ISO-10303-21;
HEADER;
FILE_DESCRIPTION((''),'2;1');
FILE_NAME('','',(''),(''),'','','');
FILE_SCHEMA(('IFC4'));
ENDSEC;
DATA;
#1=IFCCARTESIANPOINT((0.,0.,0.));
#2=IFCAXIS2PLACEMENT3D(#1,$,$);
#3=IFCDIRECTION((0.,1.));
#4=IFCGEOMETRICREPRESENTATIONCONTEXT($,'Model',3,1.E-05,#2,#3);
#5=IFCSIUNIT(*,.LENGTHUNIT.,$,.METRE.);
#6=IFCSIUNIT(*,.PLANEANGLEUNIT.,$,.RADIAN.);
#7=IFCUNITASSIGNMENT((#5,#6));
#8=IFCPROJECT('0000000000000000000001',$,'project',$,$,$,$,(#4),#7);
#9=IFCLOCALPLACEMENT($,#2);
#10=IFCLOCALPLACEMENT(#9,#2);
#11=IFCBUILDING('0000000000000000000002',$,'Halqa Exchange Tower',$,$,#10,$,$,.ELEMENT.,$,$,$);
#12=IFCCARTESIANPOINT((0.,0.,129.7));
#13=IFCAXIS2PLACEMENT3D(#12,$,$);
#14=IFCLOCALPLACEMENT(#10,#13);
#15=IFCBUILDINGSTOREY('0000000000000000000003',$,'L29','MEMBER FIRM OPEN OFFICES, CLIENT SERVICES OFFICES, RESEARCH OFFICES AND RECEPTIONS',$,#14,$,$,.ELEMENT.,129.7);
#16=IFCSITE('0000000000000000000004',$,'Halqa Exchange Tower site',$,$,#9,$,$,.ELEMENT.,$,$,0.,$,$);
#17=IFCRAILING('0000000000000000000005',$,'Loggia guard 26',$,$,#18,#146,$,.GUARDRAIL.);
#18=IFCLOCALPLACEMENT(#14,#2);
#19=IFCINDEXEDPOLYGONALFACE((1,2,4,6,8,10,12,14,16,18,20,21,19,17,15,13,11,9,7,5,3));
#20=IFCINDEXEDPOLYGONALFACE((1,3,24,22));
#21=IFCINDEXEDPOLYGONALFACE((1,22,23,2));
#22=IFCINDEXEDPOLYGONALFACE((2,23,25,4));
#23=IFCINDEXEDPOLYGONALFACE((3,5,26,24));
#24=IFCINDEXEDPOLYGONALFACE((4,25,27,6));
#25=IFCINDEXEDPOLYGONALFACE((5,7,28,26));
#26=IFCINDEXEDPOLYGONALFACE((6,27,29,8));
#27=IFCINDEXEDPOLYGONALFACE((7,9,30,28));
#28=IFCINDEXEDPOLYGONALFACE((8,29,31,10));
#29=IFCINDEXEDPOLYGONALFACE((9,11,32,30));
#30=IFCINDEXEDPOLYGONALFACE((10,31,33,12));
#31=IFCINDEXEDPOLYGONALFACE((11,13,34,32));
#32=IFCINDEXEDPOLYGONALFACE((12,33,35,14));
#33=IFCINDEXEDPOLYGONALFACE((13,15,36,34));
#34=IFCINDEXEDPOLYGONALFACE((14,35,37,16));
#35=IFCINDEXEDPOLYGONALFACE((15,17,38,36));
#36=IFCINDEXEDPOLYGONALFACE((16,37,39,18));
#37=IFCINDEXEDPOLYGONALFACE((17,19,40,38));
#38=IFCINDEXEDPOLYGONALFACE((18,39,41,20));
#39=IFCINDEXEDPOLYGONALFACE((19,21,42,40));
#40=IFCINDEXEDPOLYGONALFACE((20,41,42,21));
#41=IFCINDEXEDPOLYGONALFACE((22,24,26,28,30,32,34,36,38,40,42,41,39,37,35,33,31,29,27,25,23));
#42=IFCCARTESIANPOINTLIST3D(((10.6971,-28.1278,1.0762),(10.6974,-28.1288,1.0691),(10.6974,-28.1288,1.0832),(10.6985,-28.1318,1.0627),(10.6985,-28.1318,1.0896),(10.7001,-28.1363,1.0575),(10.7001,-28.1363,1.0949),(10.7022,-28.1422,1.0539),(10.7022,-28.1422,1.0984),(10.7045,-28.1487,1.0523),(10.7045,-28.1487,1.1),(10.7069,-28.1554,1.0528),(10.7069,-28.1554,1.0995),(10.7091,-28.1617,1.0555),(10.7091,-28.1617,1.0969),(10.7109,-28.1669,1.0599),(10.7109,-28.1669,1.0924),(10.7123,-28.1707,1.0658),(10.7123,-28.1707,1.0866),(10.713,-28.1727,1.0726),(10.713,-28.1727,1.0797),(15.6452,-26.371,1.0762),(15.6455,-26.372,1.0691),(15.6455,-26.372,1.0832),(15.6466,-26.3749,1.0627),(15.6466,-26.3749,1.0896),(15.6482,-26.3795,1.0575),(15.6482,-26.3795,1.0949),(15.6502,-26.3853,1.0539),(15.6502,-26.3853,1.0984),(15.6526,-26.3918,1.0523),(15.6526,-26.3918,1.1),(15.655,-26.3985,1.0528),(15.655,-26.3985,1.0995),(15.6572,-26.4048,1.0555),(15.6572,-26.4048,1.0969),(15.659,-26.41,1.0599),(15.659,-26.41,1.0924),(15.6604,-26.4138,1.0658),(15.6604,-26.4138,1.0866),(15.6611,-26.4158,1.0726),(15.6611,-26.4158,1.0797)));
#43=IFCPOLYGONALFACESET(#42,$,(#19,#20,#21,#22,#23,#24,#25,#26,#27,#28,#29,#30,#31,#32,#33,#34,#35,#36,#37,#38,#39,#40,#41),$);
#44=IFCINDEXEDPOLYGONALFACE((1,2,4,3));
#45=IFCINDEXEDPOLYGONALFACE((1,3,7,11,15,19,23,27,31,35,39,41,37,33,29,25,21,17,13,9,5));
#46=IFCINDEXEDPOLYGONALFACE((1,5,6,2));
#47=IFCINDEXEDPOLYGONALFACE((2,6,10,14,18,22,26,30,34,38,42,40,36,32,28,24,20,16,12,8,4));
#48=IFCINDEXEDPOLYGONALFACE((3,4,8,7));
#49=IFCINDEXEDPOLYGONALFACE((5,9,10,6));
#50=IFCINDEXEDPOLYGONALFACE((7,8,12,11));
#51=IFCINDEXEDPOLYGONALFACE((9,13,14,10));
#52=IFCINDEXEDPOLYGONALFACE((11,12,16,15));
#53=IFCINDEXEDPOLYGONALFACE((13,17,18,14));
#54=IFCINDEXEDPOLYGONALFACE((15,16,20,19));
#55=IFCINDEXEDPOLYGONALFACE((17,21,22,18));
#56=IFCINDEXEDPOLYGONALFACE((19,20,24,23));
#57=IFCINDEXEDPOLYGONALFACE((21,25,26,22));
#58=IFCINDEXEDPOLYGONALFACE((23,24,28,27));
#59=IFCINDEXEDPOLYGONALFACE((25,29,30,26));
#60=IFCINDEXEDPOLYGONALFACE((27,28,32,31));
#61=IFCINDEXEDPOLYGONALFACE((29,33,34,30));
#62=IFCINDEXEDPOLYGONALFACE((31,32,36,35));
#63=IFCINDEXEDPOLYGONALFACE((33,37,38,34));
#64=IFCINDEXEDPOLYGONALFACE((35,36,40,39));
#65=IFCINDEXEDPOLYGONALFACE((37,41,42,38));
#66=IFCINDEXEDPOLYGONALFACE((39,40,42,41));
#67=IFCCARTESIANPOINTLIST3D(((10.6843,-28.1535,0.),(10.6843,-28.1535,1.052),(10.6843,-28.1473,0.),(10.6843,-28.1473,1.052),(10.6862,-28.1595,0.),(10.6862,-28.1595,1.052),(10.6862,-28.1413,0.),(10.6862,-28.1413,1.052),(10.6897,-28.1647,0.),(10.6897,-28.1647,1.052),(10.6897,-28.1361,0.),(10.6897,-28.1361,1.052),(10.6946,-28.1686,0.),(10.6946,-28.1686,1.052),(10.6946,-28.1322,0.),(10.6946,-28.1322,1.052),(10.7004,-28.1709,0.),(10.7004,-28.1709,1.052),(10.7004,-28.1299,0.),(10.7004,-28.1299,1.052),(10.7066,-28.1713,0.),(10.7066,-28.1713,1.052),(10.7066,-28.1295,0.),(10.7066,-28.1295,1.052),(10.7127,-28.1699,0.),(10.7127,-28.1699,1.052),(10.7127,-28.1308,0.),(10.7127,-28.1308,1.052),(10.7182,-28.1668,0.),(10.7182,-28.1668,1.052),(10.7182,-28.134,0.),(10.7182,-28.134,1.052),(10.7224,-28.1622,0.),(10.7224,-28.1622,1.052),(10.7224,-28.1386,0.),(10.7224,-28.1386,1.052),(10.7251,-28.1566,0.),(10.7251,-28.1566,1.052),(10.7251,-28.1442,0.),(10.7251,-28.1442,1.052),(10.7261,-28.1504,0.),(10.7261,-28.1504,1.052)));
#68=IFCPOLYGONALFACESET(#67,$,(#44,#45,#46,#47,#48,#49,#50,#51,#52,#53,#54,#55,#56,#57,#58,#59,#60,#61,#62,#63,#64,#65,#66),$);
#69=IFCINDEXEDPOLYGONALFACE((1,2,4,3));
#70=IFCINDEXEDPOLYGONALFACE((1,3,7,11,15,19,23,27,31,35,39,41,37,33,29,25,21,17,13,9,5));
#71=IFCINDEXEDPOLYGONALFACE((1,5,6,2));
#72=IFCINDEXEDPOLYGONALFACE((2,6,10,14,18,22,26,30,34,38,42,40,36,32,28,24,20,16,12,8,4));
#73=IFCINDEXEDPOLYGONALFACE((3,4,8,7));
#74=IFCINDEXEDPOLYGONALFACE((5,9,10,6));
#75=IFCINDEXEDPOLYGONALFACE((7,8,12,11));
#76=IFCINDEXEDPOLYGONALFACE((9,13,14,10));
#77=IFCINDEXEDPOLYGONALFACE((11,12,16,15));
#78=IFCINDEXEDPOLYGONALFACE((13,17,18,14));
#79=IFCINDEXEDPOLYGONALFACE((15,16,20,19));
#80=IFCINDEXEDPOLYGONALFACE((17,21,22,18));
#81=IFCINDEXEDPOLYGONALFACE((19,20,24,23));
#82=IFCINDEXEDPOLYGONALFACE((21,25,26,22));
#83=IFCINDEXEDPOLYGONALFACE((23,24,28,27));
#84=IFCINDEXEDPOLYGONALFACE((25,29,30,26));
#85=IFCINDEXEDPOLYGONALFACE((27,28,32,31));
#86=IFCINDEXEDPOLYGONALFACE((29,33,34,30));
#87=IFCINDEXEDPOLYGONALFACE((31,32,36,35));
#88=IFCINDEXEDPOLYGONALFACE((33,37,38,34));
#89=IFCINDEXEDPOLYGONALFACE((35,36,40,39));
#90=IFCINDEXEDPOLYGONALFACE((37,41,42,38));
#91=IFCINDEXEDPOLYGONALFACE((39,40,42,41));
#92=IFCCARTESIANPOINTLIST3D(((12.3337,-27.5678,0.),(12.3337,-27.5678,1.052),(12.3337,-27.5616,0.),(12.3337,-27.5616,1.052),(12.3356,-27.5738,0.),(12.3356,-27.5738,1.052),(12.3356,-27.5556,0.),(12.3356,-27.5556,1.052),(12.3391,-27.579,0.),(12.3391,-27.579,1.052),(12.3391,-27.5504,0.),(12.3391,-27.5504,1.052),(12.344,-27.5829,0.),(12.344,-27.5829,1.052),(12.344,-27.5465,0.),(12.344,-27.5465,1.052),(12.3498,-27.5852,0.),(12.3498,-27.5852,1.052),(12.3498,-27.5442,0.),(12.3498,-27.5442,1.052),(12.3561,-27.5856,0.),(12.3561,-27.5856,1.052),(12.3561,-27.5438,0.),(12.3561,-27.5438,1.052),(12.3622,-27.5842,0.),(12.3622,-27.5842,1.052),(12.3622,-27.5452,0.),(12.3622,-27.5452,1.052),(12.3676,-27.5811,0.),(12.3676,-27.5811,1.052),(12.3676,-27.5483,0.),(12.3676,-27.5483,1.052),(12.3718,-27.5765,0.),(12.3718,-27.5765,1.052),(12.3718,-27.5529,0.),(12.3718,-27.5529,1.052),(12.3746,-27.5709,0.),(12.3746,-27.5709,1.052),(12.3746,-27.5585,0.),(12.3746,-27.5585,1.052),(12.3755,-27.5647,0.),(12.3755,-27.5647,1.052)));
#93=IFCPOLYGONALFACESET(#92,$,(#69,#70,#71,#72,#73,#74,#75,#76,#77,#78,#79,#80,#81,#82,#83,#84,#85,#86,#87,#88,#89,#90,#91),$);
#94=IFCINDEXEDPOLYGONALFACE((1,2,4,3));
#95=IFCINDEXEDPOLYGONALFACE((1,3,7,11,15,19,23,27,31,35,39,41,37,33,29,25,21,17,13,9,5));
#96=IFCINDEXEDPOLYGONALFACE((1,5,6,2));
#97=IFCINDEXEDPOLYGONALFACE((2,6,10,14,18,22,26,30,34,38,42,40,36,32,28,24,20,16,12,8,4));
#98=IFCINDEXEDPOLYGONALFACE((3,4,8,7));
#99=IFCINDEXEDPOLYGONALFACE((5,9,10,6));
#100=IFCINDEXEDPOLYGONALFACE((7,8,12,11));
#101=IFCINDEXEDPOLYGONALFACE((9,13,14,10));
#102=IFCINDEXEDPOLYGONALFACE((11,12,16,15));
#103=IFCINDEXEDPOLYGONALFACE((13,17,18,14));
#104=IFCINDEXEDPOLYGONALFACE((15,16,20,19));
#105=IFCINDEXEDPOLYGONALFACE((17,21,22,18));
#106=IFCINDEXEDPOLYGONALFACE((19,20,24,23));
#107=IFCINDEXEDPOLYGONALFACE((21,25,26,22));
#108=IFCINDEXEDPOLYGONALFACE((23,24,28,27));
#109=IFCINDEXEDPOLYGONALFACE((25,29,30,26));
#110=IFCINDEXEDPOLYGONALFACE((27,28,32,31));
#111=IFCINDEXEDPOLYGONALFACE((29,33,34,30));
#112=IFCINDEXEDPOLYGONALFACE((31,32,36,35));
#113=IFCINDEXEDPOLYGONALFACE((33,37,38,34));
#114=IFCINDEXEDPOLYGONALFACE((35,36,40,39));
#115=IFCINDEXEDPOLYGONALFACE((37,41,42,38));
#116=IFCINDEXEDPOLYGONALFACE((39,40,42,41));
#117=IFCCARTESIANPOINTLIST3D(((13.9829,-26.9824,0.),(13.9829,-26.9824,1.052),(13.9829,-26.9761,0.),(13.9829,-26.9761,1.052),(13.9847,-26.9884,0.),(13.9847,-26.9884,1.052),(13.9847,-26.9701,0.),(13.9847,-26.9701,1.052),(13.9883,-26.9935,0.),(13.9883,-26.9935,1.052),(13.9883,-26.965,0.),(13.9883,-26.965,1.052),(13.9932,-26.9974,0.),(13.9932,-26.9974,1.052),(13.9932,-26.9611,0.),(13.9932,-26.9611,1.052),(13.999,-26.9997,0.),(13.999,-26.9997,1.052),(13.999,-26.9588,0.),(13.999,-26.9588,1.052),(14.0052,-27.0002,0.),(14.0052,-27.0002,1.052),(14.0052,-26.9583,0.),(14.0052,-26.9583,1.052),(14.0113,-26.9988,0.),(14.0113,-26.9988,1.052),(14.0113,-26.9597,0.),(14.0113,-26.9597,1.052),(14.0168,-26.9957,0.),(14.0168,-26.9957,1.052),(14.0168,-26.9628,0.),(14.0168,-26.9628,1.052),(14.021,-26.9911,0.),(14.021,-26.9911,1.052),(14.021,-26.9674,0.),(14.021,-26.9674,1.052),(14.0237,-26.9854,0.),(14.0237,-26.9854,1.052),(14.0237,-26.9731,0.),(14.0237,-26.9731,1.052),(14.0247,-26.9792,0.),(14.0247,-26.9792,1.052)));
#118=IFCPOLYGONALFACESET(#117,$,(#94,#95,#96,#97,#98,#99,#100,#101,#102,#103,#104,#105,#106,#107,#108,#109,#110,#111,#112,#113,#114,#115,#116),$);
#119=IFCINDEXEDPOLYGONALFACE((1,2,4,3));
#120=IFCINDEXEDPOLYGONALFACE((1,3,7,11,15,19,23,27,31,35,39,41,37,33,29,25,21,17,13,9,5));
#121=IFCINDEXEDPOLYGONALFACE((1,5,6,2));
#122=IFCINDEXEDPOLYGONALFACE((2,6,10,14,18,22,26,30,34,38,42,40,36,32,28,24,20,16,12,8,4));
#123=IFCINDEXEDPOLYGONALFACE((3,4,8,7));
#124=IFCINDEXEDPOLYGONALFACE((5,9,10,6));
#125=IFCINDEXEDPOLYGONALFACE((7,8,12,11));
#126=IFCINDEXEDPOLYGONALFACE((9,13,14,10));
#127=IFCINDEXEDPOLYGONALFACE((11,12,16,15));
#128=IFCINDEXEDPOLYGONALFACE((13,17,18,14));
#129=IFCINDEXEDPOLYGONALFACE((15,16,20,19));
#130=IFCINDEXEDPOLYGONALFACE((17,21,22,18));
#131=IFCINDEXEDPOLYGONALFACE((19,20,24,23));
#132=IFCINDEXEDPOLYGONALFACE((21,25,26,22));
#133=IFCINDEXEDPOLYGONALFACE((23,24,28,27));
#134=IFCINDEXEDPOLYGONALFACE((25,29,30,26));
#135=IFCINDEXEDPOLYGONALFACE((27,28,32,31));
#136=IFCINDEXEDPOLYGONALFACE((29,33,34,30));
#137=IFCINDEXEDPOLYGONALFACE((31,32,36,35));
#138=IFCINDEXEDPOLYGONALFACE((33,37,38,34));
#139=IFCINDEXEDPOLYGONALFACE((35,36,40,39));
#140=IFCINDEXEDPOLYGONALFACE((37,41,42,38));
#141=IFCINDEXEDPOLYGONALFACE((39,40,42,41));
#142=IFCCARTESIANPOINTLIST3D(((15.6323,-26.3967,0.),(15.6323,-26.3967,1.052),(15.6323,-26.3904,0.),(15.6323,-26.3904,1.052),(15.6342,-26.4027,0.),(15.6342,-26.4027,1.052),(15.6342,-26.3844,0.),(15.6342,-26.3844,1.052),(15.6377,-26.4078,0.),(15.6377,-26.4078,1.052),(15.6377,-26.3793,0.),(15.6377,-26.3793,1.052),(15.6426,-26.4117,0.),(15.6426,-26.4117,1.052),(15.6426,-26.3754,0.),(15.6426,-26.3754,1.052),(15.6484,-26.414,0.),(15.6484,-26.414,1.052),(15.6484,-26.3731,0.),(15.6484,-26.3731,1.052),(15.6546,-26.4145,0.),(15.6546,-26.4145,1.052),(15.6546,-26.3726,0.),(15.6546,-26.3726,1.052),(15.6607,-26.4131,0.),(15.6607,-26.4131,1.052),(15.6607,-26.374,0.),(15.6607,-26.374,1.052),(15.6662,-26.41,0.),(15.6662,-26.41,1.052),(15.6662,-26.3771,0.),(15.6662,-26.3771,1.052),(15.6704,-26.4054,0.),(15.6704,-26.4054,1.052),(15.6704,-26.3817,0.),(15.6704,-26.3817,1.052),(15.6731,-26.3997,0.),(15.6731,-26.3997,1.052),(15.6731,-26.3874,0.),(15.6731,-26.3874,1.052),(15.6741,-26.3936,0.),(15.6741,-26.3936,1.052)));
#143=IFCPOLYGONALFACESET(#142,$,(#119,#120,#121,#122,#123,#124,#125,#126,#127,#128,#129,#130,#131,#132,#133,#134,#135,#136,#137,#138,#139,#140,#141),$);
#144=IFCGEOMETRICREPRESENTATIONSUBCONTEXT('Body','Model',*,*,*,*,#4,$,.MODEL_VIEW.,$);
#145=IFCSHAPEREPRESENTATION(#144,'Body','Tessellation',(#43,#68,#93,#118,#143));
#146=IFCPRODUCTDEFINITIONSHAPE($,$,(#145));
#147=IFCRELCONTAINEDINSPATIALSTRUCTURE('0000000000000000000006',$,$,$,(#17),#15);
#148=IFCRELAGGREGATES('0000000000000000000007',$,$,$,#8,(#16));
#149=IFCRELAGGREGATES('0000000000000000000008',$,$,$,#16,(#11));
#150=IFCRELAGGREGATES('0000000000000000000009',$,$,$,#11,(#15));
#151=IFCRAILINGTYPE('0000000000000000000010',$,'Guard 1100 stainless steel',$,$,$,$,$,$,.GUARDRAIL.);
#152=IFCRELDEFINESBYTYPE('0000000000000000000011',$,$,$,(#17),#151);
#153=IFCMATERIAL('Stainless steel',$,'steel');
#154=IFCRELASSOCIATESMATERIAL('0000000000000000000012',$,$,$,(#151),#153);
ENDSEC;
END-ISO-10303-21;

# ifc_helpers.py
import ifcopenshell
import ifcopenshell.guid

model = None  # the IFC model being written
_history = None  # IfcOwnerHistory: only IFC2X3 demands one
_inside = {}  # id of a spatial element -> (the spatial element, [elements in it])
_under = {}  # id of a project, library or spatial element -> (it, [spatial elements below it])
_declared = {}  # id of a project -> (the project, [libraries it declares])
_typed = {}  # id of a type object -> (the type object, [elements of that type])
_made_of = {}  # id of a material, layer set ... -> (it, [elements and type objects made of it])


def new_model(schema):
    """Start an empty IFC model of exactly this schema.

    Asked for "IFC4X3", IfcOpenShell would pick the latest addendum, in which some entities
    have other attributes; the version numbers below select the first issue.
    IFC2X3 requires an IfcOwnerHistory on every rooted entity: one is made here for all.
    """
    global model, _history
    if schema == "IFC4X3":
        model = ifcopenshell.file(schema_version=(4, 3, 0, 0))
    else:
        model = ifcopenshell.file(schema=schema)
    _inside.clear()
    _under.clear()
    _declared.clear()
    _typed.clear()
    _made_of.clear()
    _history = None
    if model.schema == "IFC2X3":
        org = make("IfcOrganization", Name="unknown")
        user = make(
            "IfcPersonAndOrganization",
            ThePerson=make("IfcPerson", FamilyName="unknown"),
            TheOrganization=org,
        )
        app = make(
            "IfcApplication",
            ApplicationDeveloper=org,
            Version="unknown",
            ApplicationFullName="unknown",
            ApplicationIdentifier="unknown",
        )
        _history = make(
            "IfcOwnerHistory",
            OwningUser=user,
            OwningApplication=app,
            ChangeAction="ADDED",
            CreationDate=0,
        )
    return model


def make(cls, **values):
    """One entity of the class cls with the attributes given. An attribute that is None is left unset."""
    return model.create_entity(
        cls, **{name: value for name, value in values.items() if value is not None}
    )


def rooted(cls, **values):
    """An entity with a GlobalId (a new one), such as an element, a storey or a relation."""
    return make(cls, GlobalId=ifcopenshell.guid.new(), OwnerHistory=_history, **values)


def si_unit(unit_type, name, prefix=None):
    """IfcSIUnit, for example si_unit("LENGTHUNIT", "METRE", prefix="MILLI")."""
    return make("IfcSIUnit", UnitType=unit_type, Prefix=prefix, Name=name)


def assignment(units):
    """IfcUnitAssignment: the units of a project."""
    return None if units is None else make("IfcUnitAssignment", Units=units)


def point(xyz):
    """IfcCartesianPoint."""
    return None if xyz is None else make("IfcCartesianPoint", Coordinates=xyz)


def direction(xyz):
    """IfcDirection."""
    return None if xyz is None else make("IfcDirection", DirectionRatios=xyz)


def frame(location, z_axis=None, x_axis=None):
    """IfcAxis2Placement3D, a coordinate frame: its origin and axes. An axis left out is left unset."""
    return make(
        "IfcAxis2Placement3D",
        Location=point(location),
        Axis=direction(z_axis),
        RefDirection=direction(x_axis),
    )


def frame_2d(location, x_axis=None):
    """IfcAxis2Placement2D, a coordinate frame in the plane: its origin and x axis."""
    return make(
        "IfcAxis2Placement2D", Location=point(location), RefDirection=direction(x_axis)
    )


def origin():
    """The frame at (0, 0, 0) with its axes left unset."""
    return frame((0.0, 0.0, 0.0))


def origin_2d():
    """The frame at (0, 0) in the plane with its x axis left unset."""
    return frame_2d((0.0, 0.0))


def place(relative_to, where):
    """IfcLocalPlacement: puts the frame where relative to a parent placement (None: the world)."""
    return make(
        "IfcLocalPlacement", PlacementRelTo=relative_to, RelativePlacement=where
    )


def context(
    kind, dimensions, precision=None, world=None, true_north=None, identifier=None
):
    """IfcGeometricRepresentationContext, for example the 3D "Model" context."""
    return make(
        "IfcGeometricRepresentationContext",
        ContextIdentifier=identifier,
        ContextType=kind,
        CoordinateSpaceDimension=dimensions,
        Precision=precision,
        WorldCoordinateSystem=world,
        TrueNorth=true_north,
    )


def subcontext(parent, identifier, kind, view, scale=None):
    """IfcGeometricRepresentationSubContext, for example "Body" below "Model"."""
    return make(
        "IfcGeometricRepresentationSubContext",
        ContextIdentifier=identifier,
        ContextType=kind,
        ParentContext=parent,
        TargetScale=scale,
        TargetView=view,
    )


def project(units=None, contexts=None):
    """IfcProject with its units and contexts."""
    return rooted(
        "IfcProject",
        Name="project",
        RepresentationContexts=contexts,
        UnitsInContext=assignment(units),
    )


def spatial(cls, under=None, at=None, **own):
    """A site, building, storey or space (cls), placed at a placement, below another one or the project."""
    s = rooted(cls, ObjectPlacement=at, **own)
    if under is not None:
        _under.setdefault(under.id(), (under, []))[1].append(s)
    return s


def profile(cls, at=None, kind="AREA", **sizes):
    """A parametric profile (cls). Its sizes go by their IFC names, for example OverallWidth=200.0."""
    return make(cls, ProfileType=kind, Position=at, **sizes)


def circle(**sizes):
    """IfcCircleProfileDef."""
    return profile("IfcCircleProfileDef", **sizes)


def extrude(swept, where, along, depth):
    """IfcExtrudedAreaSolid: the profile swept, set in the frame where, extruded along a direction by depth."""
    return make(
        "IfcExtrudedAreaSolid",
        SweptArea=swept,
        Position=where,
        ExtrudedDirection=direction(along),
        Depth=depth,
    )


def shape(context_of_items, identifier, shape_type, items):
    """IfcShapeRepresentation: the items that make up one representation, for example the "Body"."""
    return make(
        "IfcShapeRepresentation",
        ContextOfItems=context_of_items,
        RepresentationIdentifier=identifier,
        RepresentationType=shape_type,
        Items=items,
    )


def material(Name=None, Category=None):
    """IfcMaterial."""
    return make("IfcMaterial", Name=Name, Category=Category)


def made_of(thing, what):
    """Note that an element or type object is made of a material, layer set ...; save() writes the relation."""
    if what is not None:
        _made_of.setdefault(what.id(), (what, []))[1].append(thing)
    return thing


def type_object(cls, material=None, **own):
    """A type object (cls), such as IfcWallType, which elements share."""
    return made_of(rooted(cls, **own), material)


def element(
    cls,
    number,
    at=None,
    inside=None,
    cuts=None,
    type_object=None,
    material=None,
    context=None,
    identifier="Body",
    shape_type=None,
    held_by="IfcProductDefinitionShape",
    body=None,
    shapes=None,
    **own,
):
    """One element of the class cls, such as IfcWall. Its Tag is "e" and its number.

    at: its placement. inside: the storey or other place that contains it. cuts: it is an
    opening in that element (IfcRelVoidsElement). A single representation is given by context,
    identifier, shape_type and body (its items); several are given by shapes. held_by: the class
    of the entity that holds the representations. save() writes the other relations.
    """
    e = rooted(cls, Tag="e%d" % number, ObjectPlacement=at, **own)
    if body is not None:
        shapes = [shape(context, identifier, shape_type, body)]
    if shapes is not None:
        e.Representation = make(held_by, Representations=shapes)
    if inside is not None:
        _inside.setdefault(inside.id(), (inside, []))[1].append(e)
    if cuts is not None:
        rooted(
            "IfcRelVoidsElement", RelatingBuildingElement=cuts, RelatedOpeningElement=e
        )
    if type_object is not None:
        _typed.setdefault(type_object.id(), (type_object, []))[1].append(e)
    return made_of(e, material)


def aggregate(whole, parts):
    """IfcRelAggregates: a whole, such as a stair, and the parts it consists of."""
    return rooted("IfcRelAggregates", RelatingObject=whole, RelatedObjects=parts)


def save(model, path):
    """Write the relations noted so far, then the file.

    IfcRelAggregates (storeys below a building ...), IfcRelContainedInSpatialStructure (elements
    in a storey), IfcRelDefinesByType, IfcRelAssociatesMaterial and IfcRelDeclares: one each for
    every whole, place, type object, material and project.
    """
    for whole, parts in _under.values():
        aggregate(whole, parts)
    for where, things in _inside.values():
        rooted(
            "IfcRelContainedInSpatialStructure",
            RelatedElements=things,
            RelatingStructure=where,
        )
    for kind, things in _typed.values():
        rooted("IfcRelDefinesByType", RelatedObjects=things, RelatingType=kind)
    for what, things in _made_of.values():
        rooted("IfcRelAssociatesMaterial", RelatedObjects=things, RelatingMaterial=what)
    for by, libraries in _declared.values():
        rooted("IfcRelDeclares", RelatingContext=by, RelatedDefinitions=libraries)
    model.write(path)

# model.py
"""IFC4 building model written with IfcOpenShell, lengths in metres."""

from ifc_helpers import new_model, si_unit, direction, frame, origin, origin_2d, place, context, subcontext, project, spatial, circle, extrude, material, type_object, element, save


model = new_model("IFC4")

# Units and contexts
model_context = context("Model", 3, precision=1e-05, world=origin(), true_north=direction((0.0, 1.0)))
body_context = subcontext(model_context, "Body", "Model", "MODEL_VIEW")
ifc_project = project(units=[si_unit("LENGTHUNIT", "METRE"), si_unit("PLANEANGLEUNIT", "RADIAN")], contexts=[model_context])

# Site, building, storey
site_placement = place(None, origin())
site = spatial("IfcSite", under=ifc_project, at=site_placement, Name="Halqa Exchange Tower site", CompositionType="ELEMENT", RefElevation=0.0)
building_placement = place(site_placement, origin())
building = spatial("IfcBuilding", under=site, at=building_placement, Name="Halqa Exchange Tower", CompositionType="ELEMENT")
storey_placement = place(building_placement, frame((0.0, 0.0, 129.7)))
storey = spatial("IfcBuildingStorey", under=building, at=storey_placement, Name="L29", Description="MEMBER FIRM OPEN OFFICES, CLIENT SERVICES OFFICES, RESEARCH OFFICES AND RECEPTIONS", CompositionType="ELEMENT", Elevation=129.7)

# Railing
ifc_material_1 = material(Name="Stainless steel", Category="steel")
railing_type = type_object("IfcRailingType", Name="Guard 1100 stainless steel", PredefinedType="GUARDRAIL", material=ifc_material_1)
railing_1_placement = place(storey_placement, frame((10.7051, -28.1504, 0.0)))
element("IfcRailing", 1, at=railing_1_placement, inside=storey, type_object=railing_type, Name="Loggia guard 26", PredefinedType="GUARDRAIL", context=body_context, shape_type="SweptSolid", body=[
    extrude(circle(Radius=0.0239, at=origin_2d()), frame((0.0, 0.0, 1.0762), z_axis=(0.942362, 0.334595, 0.0), x_axis=(-0.334595, 0.942362, 0.0)), (0.0, 0.0, 1.0), 5.2507),
    extrude(circle(Radius=0.021, at=origin_2d()), origin(), (0.0, 0.0, 1.0), 1.052),
    extrude(circle(Radius=0.021, at=origin_2d()), frame((1.6494, 0.5857, 0.0)), (0.0, 0.0, 1.0), 1.052),
    extrude(circle(Radius=0.021, at=origin_2d()), frame((3.2986, 1.1711, 0.0)), (0.0, 0.0, 1.0), 1.052),
    extrude(circle(Radius=0.021, at=origin_2d()), frame((4.948, 1.7568, 0.0)), (0.0, 0.0, 1.0), 1.052),
])

save(model, "model.ifc")
